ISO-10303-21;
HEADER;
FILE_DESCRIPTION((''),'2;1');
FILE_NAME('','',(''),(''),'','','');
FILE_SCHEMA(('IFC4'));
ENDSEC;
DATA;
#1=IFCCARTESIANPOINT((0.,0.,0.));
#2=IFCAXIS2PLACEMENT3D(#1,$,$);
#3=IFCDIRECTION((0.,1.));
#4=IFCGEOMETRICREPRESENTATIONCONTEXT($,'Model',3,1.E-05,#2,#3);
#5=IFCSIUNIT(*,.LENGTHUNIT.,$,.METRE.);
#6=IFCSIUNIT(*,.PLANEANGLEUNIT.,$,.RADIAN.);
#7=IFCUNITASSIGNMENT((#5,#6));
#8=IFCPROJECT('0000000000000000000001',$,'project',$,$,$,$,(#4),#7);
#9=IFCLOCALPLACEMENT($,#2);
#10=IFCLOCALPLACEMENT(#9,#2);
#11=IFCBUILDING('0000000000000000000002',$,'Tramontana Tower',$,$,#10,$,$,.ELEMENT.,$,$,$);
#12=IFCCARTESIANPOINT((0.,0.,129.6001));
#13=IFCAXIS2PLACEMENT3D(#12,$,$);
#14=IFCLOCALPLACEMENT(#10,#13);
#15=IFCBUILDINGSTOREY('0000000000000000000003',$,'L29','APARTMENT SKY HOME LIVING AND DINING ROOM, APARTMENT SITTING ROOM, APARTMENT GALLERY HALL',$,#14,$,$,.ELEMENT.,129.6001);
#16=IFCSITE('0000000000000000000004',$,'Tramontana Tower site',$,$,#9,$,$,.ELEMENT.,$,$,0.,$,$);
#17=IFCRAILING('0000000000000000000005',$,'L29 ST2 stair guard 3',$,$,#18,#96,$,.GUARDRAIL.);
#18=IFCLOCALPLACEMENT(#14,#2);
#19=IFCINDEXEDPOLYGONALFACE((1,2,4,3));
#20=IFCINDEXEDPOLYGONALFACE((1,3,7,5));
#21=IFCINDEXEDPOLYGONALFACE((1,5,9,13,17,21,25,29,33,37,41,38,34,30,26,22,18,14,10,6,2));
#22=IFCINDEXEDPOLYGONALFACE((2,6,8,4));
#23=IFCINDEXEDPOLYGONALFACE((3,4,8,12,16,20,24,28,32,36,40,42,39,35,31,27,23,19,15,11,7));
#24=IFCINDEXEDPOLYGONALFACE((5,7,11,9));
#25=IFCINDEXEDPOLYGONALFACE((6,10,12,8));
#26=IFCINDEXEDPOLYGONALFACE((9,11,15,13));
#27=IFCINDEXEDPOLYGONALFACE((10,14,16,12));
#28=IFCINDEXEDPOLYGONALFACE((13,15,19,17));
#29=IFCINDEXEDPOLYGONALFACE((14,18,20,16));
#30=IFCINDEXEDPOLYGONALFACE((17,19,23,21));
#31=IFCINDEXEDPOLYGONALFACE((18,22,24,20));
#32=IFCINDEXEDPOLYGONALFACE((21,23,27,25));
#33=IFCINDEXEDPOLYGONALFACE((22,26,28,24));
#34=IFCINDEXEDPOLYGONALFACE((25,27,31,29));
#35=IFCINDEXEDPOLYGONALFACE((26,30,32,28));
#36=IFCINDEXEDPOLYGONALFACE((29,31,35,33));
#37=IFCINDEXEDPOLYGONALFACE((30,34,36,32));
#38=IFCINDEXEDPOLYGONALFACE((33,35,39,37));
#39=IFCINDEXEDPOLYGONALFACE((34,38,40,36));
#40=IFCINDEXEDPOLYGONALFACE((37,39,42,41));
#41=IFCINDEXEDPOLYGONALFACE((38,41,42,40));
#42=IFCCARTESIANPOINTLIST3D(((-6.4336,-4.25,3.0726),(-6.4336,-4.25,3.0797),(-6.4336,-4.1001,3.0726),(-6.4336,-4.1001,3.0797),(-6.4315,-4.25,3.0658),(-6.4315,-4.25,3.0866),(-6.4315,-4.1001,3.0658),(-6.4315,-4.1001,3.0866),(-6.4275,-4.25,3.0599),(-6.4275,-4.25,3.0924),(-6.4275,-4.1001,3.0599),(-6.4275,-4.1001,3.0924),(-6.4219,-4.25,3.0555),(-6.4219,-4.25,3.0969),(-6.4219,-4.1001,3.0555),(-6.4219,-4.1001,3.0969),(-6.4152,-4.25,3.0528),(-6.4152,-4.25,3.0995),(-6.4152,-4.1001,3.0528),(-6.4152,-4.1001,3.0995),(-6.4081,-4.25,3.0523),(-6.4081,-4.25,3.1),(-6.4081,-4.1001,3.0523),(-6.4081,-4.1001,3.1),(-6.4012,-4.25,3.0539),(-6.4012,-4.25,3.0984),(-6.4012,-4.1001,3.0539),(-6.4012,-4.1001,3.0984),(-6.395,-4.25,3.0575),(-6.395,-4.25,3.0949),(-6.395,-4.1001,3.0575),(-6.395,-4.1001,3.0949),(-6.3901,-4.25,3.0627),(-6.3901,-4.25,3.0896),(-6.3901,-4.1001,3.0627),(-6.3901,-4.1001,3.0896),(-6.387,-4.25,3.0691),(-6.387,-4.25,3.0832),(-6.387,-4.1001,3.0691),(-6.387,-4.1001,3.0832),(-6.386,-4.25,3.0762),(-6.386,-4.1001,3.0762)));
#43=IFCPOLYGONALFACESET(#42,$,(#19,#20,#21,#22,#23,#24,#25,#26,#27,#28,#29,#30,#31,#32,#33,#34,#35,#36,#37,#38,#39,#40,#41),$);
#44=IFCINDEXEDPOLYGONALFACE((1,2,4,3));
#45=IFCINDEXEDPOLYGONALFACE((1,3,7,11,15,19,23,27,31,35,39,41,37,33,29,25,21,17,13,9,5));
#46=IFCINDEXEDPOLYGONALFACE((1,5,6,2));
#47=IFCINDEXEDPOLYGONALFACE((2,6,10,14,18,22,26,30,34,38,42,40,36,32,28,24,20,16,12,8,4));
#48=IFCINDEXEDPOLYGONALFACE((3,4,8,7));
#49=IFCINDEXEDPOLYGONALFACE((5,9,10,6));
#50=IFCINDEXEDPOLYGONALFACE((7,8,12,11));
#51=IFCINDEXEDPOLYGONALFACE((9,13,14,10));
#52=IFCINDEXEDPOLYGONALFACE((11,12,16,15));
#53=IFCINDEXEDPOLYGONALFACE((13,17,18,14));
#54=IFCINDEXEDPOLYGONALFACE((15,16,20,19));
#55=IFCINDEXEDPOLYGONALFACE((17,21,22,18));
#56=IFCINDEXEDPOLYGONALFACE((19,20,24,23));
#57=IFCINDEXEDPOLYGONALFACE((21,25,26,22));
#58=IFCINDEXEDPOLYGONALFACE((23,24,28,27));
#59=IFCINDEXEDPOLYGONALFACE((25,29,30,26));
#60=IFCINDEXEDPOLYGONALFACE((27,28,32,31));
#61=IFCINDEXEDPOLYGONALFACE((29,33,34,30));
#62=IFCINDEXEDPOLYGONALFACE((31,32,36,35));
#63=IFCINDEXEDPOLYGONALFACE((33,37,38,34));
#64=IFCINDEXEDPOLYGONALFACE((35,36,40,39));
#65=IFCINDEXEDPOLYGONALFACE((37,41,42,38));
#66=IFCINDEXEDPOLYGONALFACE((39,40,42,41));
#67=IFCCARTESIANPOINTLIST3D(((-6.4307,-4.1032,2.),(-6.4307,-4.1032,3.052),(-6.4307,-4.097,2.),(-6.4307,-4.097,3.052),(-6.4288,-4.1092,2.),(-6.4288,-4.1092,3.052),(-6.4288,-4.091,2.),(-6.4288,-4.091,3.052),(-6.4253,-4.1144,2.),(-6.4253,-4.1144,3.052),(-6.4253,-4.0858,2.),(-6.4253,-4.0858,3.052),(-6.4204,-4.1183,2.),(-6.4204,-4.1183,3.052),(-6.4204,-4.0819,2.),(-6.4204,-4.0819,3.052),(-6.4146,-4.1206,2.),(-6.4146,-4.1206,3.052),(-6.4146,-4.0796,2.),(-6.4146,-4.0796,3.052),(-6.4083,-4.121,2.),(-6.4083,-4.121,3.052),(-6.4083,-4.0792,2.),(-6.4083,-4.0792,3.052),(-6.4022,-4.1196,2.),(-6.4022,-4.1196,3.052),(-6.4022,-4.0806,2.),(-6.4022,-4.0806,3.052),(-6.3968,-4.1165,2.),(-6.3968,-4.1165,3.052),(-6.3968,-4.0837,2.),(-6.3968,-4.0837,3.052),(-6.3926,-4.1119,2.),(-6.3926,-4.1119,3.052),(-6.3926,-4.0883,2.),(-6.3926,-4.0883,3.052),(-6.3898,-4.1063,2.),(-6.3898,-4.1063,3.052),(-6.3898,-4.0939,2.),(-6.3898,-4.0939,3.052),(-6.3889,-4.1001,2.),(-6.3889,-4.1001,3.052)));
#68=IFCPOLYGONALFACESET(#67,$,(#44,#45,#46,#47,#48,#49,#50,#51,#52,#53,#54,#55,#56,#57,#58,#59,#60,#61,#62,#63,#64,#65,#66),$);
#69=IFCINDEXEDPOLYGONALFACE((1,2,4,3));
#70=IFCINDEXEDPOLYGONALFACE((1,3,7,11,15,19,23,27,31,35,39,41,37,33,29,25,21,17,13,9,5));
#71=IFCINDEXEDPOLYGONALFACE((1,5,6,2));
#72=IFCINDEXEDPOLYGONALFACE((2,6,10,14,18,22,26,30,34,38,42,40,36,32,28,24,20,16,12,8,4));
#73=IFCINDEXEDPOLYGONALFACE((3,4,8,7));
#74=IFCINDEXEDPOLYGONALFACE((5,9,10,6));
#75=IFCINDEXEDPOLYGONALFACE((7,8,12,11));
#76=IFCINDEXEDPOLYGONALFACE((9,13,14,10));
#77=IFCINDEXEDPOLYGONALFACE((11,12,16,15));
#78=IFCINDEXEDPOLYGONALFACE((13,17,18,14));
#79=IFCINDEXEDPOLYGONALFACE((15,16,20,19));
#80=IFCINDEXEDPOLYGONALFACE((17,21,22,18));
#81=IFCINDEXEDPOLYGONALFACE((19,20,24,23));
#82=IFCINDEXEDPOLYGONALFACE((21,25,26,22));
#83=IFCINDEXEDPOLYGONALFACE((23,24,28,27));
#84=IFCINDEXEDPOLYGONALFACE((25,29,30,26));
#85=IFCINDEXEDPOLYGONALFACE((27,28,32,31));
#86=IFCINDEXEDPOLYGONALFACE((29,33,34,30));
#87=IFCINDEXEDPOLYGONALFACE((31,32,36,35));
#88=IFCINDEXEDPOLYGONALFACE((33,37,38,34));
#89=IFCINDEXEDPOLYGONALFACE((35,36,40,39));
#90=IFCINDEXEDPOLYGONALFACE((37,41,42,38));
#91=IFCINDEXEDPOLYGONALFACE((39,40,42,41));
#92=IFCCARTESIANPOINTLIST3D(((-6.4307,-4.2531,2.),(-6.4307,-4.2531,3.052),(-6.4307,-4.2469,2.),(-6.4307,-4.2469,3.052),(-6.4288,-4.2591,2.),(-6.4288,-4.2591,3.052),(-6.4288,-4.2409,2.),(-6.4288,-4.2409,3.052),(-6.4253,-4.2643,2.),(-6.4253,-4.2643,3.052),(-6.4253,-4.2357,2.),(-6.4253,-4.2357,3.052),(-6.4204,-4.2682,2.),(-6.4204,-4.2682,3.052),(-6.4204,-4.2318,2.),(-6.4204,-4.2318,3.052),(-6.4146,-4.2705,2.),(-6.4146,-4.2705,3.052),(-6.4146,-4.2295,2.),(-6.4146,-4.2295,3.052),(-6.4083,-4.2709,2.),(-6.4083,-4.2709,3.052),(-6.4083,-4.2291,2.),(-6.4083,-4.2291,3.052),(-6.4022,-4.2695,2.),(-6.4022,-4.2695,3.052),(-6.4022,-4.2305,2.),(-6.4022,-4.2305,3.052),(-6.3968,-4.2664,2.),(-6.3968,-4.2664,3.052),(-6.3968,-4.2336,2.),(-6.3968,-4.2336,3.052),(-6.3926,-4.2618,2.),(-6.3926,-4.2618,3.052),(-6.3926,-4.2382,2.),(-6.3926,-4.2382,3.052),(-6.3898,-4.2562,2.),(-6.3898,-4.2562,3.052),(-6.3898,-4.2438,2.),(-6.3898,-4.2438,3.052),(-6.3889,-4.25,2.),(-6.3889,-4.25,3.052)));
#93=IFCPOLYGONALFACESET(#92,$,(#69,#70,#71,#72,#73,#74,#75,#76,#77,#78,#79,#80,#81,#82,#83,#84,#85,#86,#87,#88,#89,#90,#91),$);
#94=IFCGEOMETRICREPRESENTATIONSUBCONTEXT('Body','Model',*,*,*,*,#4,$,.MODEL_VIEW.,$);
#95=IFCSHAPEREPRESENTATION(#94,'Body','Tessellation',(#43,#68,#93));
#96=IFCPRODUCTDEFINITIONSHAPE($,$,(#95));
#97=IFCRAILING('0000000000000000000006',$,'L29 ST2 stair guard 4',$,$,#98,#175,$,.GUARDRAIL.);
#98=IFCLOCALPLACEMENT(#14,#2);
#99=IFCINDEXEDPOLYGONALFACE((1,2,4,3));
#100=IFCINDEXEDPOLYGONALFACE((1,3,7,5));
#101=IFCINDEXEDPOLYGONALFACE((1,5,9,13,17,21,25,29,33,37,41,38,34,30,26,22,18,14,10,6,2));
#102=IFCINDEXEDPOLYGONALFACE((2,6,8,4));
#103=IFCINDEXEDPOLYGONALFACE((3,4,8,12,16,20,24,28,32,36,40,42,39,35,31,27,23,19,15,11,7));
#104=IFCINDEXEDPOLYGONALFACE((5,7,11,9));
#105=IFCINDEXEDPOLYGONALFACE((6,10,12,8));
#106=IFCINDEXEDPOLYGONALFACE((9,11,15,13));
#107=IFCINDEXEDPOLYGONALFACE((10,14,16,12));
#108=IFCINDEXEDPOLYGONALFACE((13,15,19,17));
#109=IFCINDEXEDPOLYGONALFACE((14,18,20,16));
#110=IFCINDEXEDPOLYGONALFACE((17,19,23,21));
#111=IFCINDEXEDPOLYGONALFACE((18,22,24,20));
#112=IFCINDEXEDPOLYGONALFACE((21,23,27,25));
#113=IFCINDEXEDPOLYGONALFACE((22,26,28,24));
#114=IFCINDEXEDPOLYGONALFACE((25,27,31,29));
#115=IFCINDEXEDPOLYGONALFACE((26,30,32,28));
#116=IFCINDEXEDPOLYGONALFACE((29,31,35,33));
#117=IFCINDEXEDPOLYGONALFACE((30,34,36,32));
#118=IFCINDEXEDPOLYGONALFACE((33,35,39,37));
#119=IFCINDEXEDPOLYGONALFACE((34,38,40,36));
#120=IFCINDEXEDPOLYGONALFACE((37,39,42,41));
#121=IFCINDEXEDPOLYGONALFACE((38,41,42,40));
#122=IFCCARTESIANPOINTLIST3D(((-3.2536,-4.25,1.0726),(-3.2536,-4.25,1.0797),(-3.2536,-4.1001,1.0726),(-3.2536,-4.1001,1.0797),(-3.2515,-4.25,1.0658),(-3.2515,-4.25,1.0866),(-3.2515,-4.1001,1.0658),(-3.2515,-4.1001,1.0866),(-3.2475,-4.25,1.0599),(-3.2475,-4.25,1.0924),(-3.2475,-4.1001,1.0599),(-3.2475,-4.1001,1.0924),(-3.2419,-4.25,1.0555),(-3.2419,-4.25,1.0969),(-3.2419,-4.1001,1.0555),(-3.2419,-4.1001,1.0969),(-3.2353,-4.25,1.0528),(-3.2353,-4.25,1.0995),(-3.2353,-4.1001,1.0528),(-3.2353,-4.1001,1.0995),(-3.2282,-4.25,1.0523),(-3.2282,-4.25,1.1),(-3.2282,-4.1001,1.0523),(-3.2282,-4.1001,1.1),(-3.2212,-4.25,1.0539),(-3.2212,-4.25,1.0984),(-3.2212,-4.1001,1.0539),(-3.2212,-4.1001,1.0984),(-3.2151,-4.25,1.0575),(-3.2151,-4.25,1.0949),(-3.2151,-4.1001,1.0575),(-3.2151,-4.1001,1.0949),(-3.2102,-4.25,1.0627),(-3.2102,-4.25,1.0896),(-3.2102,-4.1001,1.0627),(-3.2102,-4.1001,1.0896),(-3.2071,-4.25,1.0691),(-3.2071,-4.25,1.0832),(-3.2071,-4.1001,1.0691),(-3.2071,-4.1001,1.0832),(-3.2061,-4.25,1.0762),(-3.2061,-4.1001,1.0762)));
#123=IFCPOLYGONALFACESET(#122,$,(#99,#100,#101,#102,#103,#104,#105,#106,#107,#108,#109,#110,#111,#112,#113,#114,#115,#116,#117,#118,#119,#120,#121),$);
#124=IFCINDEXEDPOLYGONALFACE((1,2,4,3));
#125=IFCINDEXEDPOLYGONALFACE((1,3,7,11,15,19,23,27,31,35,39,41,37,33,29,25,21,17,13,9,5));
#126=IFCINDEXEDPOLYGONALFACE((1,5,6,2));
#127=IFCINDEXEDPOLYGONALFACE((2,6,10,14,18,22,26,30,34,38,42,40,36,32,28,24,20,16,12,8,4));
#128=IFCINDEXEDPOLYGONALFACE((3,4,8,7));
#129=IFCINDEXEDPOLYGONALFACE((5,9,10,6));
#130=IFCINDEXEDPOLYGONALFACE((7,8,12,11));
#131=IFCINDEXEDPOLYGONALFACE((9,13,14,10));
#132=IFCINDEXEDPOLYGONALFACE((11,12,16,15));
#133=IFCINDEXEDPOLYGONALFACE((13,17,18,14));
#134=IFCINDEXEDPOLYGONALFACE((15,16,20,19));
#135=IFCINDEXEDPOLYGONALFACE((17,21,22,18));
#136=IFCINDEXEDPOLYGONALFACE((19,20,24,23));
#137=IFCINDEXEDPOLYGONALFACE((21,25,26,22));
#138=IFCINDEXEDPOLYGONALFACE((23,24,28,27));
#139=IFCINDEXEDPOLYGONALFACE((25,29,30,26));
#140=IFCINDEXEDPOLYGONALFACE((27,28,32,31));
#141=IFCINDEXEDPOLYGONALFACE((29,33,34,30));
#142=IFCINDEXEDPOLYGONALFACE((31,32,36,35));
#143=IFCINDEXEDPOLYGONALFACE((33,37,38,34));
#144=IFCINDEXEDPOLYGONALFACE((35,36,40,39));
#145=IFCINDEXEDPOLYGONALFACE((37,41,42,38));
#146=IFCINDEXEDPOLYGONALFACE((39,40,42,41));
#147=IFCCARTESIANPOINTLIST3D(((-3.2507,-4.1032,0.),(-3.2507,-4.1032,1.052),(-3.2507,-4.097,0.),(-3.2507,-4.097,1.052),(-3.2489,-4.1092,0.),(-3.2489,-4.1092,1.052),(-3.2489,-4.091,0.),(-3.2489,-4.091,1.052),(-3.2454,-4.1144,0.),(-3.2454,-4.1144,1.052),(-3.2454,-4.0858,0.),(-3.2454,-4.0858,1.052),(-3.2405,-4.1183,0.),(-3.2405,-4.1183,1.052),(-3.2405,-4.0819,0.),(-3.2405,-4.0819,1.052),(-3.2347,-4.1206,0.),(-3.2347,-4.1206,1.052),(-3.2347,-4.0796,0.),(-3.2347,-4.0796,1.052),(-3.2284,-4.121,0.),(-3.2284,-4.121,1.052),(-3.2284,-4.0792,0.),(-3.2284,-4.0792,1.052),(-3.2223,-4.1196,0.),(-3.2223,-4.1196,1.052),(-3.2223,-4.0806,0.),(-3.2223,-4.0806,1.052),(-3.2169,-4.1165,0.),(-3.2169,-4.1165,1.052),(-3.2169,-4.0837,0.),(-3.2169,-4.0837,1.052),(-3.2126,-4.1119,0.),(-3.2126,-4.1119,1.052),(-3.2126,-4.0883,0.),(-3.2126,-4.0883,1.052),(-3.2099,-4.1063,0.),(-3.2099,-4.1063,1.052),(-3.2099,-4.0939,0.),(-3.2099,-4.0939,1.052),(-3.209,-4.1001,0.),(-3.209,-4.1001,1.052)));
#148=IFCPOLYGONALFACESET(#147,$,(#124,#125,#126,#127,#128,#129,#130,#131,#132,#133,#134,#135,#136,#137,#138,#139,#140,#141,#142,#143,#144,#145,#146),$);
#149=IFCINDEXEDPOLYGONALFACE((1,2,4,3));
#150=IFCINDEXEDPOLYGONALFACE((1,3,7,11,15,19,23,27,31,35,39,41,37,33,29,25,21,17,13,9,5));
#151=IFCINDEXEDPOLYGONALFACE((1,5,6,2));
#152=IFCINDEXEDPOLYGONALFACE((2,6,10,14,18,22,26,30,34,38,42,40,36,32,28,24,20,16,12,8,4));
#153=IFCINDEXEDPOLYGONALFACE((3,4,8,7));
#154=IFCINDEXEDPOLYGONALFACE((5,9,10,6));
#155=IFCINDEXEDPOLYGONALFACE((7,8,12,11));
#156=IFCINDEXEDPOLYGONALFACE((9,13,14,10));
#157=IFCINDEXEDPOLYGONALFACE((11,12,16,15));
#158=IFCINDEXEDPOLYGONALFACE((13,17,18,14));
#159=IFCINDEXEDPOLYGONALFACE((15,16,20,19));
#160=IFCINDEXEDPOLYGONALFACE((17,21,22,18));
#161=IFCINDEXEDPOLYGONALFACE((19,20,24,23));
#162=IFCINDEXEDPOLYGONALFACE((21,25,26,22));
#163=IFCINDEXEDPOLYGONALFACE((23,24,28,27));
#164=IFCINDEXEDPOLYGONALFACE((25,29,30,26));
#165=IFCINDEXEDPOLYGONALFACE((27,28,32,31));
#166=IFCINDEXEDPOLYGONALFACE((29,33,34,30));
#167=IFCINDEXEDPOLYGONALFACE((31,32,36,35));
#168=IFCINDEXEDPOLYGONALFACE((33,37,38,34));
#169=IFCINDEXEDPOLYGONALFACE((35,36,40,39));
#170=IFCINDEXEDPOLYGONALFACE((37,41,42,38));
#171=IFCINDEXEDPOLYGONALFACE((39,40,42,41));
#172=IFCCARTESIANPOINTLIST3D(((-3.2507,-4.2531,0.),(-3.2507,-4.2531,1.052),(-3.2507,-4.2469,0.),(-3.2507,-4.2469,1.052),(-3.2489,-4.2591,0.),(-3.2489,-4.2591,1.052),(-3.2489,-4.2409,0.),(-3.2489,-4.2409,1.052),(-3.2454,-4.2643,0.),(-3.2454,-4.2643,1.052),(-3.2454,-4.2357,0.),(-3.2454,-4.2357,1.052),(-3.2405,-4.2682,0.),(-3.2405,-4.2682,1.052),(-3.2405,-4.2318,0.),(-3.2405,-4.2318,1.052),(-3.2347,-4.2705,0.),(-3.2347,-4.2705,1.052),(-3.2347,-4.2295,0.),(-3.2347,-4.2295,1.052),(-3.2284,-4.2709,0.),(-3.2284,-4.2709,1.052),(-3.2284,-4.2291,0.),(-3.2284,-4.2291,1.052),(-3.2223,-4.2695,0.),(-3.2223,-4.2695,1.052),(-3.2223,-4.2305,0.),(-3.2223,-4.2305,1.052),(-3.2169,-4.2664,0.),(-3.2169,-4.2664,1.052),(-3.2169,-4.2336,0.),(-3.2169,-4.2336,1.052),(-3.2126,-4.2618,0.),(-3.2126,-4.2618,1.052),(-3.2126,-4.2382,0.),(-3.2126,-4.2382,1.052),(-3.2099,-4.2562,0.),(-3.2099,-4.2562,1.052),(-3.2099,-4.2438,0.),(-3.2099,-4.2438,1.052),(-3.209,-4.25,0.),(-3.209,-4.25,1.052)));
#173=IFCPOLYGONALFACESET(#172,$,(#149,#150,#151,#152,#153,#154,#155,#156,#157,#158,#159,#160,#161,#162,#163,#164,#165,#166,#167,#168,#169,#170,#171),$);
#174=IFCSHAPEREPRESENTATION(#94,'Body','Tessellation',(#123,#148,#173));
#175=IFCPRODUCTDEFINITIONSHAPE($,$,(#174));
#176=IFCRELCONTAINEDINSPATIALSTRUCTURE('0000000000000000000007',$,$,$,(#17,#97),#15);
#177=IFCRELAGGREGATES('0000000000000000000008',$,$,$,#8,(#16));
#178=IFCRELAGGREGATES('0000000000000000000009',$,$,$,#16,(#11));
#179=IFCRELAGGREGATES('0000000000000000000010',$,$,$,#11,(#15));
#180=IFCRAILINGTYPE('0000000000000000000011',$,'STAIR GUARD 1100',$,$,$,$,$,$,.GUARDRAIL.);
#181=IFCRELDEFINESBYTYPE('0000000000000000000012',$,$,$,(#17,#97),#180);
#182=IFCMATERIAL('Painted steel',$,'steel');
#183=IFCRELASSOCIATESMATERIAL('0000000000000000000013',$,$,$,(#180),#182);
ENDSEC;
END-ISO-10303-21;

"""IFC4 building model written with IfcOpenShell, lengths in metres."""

from ifc_helpers import new_model, si_unit, direction, frame, origin, origin_2d, place, context, subcontext, project, spatial, circle, extrude, material, type_object, element, save


model = new_model("IFC4")

# Units and contexts
model_context = context("Model", 3, precision=1e-05, world=origin(), true_north=direction((0.0, 1.0)))
body_context = subcontext(model_context, "Body", "Model", "MODEL_VIEW")
ifc_project = project(units=[si_unit("LENGTHUNIT", "METRE"), si_unit("PLANEANGLEUNIT", "RADIAN")], contexts=[model_context])

# Site, building, storey
site_placement = place(None, origin())
site = spatial("IfcSite", under=ifc_project, at=site_placement, Name="Tramontana Tower site", CompositionType="ELEMENT", RefElevation=0.0)
building_placement = place(site_placement, origin())
building = spatial("IfcBuilding", under=site, at=building_placement, Name="Tramontana Tower", CompositionType="ELEMENT")
storey_placement = place(building_placement, frame((0.0, 0.0, 129.6001)))
storey = spatial("IfcBuildingStorey", under=building, at=storey_placement, Name="L29", Description="APARTMENT SKY HOME LIVING AND DINING ROOM, APARTMENT SITTING ROOM, APARTMENT GALLERY HALL", CompositionType="ELEMENT", Elevation=129.6001)

# Railings
ifc_material_1 = material(Name="Painted steel", Category="steel")
railing_type_1 = type_object("IfcRailingType", Name="STAIR GUARD 1100", PredefinedType="GUARDRAIL", material=ifc_material_1)
for number, where, name in (
    (1, (-6.4099, -4.1001, 2.0), "L29 ST2 stair guard 3"),
    (2, (-3.23, -4.1001, 0.0), "L29 ST2 stair guard 4"),
):
    element("IfcRailing", number, at=place(storey_placement, frame(where)), inside=storey, type_object=railing_type_1, Name=name, PredefinedType="GUARDRAIL", context=body_context, shape_type="SweptSolid", body=[
        extrude(circle(Radius=0.0239, at=origin_2d()), frame((0.0, 0.0, 1.0762), z_axis=(0.0, -1.0, 0.0), x_axis=(1.0, 0.0, 0.0)), (0.0, 0.0, 1.0), 0.1499),
        extrude(circle(Radius=0.021, at=origin_2d()), origin(), (0.0, 0.0, 1.0), 1.052),
        extrude(circle(Radius=0.021, at=origin_2d()), frame((0.0, -0.1499, 0.0)), (0.0, 0.0, 1.0), 1.052),
    ])

save(model, "model.ifc")
